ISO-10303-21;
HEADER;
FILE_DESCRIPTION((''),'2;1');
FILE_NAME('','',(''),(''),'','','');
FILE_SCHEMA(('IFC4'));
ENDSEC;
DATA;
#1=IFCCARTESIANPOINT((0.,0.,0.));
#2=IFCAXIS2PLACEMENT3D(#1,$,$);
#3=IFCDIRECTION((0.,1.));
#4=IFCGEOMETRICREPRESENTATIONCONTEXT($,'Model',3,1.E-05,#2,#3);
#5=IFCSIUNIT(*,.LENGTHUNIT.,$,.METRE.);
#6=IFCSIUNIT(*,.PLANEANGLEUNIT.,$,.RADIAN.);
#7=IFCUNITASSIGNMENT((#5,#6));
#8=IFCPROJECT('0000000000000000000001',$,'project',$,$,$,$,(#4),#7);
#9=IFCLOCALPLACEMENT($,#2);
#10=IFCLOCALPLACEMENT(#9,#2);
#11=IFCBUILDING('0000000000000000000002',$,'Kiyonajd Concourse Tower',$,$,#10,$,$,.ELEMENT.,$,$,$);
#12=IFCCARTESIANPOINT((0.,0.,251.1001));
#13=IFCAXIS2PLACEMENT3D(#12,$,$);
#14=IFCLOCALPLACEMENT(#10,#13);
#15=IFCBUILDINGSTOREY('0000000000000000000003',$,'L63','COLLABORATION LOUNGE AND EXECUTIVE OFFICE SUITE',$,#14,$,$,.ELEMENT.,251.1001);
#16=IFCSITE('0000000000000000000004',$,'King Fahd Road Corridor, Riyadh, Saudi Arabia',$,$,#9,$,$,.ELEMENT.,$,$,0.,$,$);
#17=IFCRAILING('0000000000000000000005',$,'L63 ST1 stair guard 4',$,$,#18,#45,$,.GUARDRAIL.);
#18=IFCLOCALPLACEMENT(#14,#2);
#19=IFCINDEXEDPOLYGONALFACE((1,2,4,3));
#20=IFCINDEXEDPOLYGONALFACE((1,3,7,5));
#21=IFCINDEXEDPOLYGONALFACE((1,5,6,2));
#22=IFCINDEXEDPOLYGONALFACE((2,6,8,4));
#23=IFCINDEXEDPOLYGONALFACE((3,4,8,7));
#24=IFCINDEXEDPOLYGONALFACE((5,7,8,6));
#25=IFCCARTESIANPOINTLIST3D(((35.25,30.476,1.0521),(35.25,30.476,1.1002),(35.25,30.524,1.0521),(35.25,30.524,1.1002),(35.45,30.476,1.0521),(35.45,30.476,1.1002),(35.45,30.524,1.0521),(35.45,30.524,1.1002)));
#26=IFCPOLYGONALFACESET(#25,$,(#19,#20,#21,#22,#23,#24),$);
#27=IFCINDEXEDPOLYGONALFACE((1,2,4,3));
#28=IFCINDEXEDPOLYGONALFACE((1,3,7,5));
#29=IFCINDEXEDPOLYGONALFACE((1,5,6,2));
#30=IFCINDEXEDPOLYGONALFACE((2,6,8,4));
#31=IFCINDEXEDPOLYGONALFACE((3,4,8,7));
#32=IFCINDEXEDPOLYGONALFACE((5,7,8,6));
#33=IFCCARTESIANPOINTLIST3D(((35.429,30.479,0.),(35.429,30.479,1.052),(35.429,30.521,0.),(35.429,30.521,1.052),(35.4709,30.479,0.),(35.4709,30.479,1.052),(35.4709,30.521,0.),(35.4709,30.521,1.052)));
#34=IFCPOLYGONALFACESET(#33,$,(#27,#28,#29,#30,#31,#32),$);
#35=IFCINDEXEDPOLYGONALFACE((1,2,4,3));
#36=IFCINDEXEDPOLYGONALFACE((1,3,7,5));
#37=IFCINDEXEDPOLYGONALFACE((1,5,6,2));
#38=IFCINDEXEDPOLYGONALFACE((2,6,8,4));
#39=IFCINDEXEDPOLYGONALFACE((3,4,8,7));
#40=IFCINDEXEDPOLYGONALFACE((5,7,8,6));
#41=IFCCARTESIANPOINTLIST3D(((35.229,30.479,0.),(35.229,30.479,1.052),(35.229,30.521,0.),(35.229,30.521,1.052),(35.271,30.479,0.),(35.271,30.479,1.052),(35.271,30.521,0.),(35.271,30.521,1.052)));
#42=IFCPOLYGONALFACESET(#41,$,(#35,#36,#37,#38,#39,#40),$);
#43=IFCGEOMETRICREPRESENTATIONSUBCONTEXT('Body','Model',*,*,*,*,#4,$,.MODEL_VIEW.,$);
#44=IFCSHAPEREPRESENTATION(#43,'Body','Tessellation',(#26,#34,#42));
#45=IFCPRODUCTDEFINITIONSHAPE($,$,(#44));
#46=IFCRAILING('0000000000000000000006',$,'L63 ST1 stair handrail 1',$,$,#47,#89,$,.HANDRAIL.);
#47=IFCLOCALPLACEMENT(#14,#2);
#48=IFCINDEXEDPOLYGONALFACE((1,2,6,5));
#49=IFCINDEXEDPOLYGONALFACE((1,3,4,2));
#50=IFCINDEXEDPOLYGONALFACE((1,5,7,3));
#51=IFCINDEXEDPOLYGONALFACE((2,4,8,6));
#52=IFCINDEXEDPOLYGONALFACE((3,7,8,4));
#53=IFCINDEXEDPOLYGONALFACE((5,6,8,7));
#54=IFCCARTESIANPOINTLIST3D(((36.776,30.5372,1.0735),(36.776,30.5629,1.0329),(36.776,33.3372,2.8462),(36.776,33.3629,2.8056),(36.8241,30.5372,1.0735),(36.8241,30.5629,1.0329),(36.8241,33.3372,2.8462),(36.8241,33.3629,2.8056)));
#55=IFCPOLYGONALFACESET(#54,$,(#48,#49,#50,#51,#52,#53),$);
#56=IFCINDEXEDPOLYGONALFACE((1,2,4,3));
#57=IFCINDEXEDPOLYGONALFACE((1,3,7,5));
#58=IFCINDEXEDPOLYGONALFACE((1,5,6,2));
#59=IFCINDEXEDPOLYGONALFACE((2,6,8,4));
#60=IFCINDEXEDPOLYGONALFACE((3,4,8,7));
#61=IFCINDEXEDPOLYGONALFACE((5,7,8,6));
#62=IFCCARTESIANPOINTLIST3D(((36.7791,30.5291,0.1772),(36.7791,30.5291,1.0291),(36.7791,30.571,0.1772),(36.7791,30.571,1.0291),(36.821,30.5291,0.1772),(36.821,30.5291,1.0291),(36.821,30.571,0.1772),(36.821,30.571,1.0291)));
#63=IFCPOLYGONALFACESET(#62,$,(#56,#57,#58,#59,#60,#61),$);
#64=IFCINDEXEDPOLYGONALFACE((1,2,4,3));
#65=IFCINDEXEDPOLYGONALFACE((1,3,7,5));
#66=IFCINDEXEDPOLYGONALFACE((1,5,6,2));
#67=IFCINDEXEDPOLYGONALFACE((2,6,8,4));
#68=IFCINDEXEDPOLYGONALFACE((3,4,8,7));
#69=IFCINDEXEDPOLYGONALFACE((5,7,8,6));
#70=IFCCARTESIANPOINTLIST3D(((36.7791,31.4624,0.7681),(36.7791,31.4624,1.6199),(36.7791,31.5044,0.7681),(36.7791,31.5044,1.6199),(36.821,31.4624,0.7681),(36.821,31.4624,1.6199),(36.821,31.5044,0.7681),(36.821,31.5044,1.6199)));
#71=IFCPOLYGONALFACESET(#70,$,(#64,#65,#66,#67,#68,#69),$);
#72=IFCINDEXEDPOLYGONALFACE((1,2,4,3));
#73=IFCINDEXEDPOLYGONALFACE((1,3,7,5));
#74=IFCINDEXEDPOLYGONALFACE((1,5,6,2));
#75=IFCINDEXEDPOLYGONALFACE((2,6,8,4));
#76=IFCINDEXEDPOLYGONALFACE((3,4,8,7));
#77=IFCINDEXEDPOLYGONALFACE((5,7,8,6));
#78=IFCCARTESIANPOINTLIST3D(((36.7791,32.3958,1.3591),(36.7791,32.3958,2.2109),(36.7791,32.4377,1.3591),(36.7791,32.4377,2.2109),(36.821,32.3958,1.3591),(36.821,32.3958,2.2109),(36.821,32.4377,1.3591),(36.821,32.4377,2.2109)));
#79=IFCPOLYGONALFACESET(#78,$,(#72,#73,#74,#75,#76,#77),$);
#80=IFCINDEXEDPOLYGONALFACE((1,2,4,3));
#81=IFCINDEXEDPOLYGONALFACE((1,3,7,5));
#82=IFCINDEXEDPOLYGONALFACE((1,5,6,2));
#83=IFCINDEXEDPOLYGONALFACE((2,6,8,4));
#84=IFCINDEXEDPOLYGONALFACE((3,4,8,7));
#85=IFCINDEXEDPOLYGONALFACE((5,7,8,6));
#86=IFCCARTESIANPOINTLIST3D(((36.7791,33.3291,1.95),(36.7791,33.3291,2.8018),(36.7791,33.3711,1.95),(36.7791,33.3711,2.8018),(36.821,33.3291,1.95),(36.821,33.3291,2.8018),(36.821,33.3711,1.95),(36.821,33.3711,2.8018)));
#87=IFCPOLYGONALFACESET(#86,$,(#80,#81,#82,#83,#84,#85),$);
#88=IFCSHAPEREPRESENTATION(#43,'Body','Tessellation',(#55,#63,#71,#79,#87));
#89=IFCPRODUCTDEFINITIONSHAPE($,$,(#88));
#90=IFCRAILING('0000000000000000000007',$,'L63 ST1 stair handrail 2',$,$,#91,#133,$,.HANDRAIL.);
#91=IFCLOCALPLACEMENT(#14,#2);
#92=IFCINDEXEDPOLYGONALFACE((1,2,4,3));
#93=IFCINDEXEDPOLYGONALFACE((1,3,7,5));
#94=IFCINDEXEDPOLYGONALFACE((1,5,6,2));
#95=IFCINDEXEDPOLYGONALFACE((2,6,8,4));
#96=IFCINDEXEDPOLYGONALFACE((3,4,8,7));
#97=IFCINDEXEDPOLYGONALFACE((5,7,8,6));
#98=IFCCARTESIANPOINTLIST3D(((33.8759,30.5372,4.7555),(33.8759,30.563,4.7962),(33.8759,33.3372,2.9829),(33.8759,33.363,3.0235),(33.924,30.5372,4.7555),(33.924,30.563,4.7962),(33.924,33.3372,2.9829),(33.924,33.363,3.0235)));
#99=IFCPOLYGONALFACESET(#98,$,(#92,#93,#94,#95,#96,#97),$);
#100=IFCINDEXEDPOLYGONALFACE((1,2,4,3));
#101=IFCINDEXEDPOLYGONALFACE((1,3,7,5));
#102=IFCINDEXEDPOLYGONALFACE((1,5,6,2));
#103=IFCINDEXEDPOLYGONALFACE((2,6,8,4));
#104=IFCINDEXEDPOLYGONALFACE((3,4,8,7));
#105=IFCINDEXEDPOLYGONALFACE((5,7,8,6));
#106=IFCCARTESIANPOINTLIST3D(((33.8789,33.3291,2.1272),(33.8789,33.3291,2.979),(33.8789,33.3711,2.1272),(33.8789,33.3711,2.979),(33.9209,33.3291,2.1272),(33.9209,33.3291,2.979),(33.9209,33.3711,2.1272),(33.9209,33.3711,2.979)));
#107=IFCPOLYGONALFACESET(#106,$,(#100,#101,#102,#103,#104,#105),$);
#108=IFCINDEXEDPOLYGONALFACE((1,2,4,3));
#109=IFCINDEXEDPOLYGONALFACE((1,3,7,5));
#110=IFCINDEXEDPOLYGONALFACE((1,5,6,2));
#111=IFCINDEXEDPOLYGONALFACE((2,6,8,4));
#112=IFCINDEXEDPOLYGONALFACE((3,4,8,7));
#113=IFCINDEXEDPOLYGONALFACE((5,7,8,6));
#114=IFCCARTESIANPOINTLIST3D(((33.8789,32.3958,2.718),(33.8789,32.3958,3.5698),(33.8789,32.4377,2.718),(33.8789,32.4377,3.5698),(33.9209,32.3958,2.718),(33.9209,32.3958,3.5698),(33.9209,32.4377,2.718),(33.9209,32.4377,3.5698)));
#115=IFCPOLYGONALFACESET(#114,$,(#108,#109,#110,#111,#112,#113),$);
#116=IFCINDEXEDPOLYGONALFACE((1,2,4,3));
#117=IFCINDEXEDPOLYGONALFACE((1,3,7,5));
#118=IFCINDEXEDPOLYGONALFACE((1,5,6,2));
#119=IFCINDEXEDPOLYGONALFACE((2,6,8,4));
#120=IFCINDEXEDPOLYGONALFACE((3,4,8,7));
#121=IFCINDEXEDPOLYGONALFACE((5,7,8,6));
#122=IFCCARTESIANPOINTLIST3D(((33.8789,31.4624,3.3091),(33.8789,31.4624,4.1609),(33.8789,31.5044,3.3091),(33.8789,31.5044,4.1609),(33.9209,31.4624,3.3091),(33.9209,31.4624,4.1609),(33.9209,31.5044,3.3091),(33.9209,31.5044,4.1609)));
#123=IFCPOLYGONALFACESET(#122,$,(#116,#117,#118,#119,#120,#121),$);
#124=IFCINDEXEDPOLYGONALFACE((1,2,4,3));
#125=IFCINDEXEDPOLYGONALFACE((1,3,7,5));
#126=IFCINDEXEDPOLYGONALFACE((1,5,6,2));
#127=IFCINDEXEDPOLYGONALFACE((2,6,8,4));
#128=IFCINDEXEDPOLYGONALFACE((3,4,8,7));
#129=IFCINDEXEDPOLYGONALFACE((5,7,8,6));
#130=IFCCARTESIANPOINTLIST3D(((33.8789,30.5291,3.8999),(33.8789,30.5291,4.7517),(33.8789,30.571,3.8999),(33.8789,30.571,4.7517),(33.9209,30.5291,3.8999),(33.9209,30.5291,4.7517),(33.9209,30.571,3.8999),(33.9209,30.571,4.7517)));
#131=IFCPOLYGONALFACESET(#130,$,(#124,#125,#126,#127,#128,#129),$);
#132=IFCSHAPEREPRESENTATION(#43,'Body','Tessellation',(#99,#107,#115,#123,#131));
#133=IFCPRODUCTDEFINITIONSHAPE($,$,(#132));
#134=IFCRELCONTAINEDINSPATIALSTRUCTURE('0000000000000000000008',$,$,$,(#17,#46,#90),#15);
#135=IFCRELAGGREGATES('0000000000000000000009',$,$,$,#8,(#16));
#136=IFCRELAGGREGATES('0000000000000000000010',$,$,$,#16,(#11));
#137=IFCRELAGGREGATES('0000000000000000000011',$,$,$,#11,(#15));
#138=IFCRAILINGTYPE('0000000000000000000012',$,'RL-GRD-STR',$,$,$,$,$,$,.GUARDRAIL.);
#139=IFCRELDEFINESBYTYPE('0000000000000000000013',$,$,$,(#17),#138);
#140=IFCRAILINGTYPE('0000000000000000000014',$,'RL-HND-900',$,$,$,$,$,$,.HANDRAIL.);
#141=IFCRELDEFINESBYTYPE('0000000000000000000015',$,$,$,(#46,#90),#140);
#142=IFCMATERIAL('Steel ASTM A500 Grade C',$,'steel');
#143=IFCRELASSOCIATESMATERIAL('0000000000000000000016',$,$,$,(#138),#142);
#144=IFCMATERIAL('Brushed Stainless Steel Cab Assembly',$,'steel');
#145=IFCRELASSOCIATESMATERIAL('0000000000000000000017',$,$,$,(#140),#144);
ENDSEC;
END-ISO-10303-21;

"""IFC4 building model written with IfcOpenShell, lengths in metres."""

from ifc_helpers import new_model, si_unit, direction, frame, origin, origin_2d, place, context, subcontext, project, spatial, rectangle, extrude, material, type_object, element, save


model = new_model("IFC4")

# Units and contexts
model_context = context("Model", 3, precision=1e-05, world=origin(), true_north=direction((0.0, 1.0)))
body_context = subcontext(model_context, "Body", "Model", "MODEL_VIEW")
ifc_project = project(units=[si_unit("LENGTHUNIT", "METRE"), si_unit("PLANEANGLEUNIT", "RADIAN")], contexts=[model_context])

# Site, building, storey
site_placement = place(None, origin())
site = spatial("IfcSite", under=ifc_project, at=site_placement, Name="King Fahd Road Corridor, Riyadh, Saudi Arabia", CompositionType="ELEMENT", RefElevation=0.0)
building_placement = place(site_placement, origin())
building = spatial("IfcBuilding", under=site, at=building_placement, Name="Kiyonajd Concourse Tower", CompositionType="ELEMENT")
storey_placement = place(building_placement, frame((0.0, 0.0, 251.1001)))
storey = spatial("IfcBuildingStorey", under=building, at=storey_placement, Name="L63", Description="COLLABORATION LOUNGE AND EXECUTIVE OFFICE SUITE", CompositionType="ELEMENT", Elevation=251.1001)

# Shared definitions
ifc_material_1 = material(Name="Brushed Stainless Steel Cab Assembly", Category="steel")

# Railings
ifc_material_2 = material(Name="Steel ASTM A500 Grade C", Category="steel")
railing_type_1 = type_object("IfcRailingType", Name="RL-GRD-STR", PredefinedType="GUARDRAIL", material=ifc_material_2)
railing_1_placement = place(storey_placement, frame((35.45, 30.5, 0.0)))
element("IfcRailing", 1, at=railing_1_placement, inside=storey, type_object=railing_type_1, Name="L63 ST1 stair guard 4", PredefinedType="GUARDRAIL", context=body_context, shape_type="SweptSolid", body=[
    extrude(rectangle(XDim=0.0481, YDim=0.0481, at=origin_2d()), frame((0.0, 0.0, 1.0762), z_axis=(-1.0, 0.0, 0.0), x_axis=(0.0, -1.0, 0.0)), (0.0, 0.0, 1.0), 0.2),
    extrude(rectangle(XDim=0.042, YDim=0.042, at=origin_2d()), origin(), (0.0, 0.0, 1.0), 1.052),
    extrude(rectangle(XDim=0.042, YDim=0.042, at=origin_2d()), frame((-0.2, 0.0, 0.0)), (0.0, 0.0, 1.0), 1.052),
])
railing_type_2 = type_object("IfcRailingType", Name="RL-HND-900", PredefinedType="HANDRAIL", material=ifc_material_1)
railing_2_placement = place(storey_placement, frame((36.8, 30.55, 0.1772)))
element("IfcRailing", 2, at=railing_2_placement, inside=storey, type_object=railing_type_2, Name="L63 ST1 stair handrail 1", PredefinedType="HANDRAIL", context=body_context, shape_type="SweptSolid", body=[
    extrude(rectangle(XDim=0.0481, YDim=0.0481, at=origin_2d()), frame((0.0, 0.0, 0.876), z_axis=(0.0, 0.844909, 0.53491), x_axis=(-1.0, 0.0, 0.0)), (0.0, 0.0, 1.0), 3.314),
    extrude(rectangle(XDim=0.042, YDim=0.042, at=origin_2d()), origin(), (0.0, 0.0, 1.0), 0.8518),
    extrude(rectangle(XDim=0.042, YDim=0.042, at=origin_2d()), frame((0.0, 0.9333, 0.5908)), (0.0, 0.0, 1.0), 0.8518),
    extrude(rectangle(XDim=0.042, YDim=0.042, at=origin_2d()), frame((0.0, 1.8667, 1.1819)), (0.0, 0.0, 1.0), 0.8518),
    extrude(rectangle(XDim=0.042, YDim=0.042, at=origin_2d()), frame((0.0, 2.8, 1.7727)), (0.0, 0.0, 1.0), 0.8518),
])
railing_3_placement = place(storey_placement, frame((33.8999, 33.3501, 2.1272)))
element("IfcRailing", 3, at=railing_3_placement, inside=storey, type_object=railing_type_2, Name="L63 ST1 stair handrail 2", PredefinedType="HANDRAIL", context=body_context, shape_type="SweptSolid", body=[
    extrude(rectangle(XDim=0.0481, YDim=0.0481, at=origin_2d()), frame((0.0, 0.0, 0.876), z_axis=(0.0, -0.844909, 0.53491), x_axis=(1.0, 0.0, 0.0)), (0.0, 0.0, 1.0), 3.314),
    extrude(rectangle(XDim=0.042, YDim=0.042, at=origin_2d()), origin(), (0.0, 0.0, 1.0), 0.8518),
    extrude(rectangle(XDim=0.042, YDim=0.042, at=origin_2d()), frame((0.0, -0.9333, 0.5908)), (0.0, 0.0, 1.0), 0.8518),
    extrude(rectangle(XDim=0.042, YDim=0.042, at=origin_2d()), frame((0.0, -1.8667, 1.1819)), (0.0, 0.0, 1.0), 0.8518),
    extrude(rectangle(XDim=0.042, YDim=0.042, at=origin_2d()), frame((0.0, -2.8, 1.7727)), (0.0, 0.0, 1.0), 0.8518),
])

save(model, "model.ifc")
